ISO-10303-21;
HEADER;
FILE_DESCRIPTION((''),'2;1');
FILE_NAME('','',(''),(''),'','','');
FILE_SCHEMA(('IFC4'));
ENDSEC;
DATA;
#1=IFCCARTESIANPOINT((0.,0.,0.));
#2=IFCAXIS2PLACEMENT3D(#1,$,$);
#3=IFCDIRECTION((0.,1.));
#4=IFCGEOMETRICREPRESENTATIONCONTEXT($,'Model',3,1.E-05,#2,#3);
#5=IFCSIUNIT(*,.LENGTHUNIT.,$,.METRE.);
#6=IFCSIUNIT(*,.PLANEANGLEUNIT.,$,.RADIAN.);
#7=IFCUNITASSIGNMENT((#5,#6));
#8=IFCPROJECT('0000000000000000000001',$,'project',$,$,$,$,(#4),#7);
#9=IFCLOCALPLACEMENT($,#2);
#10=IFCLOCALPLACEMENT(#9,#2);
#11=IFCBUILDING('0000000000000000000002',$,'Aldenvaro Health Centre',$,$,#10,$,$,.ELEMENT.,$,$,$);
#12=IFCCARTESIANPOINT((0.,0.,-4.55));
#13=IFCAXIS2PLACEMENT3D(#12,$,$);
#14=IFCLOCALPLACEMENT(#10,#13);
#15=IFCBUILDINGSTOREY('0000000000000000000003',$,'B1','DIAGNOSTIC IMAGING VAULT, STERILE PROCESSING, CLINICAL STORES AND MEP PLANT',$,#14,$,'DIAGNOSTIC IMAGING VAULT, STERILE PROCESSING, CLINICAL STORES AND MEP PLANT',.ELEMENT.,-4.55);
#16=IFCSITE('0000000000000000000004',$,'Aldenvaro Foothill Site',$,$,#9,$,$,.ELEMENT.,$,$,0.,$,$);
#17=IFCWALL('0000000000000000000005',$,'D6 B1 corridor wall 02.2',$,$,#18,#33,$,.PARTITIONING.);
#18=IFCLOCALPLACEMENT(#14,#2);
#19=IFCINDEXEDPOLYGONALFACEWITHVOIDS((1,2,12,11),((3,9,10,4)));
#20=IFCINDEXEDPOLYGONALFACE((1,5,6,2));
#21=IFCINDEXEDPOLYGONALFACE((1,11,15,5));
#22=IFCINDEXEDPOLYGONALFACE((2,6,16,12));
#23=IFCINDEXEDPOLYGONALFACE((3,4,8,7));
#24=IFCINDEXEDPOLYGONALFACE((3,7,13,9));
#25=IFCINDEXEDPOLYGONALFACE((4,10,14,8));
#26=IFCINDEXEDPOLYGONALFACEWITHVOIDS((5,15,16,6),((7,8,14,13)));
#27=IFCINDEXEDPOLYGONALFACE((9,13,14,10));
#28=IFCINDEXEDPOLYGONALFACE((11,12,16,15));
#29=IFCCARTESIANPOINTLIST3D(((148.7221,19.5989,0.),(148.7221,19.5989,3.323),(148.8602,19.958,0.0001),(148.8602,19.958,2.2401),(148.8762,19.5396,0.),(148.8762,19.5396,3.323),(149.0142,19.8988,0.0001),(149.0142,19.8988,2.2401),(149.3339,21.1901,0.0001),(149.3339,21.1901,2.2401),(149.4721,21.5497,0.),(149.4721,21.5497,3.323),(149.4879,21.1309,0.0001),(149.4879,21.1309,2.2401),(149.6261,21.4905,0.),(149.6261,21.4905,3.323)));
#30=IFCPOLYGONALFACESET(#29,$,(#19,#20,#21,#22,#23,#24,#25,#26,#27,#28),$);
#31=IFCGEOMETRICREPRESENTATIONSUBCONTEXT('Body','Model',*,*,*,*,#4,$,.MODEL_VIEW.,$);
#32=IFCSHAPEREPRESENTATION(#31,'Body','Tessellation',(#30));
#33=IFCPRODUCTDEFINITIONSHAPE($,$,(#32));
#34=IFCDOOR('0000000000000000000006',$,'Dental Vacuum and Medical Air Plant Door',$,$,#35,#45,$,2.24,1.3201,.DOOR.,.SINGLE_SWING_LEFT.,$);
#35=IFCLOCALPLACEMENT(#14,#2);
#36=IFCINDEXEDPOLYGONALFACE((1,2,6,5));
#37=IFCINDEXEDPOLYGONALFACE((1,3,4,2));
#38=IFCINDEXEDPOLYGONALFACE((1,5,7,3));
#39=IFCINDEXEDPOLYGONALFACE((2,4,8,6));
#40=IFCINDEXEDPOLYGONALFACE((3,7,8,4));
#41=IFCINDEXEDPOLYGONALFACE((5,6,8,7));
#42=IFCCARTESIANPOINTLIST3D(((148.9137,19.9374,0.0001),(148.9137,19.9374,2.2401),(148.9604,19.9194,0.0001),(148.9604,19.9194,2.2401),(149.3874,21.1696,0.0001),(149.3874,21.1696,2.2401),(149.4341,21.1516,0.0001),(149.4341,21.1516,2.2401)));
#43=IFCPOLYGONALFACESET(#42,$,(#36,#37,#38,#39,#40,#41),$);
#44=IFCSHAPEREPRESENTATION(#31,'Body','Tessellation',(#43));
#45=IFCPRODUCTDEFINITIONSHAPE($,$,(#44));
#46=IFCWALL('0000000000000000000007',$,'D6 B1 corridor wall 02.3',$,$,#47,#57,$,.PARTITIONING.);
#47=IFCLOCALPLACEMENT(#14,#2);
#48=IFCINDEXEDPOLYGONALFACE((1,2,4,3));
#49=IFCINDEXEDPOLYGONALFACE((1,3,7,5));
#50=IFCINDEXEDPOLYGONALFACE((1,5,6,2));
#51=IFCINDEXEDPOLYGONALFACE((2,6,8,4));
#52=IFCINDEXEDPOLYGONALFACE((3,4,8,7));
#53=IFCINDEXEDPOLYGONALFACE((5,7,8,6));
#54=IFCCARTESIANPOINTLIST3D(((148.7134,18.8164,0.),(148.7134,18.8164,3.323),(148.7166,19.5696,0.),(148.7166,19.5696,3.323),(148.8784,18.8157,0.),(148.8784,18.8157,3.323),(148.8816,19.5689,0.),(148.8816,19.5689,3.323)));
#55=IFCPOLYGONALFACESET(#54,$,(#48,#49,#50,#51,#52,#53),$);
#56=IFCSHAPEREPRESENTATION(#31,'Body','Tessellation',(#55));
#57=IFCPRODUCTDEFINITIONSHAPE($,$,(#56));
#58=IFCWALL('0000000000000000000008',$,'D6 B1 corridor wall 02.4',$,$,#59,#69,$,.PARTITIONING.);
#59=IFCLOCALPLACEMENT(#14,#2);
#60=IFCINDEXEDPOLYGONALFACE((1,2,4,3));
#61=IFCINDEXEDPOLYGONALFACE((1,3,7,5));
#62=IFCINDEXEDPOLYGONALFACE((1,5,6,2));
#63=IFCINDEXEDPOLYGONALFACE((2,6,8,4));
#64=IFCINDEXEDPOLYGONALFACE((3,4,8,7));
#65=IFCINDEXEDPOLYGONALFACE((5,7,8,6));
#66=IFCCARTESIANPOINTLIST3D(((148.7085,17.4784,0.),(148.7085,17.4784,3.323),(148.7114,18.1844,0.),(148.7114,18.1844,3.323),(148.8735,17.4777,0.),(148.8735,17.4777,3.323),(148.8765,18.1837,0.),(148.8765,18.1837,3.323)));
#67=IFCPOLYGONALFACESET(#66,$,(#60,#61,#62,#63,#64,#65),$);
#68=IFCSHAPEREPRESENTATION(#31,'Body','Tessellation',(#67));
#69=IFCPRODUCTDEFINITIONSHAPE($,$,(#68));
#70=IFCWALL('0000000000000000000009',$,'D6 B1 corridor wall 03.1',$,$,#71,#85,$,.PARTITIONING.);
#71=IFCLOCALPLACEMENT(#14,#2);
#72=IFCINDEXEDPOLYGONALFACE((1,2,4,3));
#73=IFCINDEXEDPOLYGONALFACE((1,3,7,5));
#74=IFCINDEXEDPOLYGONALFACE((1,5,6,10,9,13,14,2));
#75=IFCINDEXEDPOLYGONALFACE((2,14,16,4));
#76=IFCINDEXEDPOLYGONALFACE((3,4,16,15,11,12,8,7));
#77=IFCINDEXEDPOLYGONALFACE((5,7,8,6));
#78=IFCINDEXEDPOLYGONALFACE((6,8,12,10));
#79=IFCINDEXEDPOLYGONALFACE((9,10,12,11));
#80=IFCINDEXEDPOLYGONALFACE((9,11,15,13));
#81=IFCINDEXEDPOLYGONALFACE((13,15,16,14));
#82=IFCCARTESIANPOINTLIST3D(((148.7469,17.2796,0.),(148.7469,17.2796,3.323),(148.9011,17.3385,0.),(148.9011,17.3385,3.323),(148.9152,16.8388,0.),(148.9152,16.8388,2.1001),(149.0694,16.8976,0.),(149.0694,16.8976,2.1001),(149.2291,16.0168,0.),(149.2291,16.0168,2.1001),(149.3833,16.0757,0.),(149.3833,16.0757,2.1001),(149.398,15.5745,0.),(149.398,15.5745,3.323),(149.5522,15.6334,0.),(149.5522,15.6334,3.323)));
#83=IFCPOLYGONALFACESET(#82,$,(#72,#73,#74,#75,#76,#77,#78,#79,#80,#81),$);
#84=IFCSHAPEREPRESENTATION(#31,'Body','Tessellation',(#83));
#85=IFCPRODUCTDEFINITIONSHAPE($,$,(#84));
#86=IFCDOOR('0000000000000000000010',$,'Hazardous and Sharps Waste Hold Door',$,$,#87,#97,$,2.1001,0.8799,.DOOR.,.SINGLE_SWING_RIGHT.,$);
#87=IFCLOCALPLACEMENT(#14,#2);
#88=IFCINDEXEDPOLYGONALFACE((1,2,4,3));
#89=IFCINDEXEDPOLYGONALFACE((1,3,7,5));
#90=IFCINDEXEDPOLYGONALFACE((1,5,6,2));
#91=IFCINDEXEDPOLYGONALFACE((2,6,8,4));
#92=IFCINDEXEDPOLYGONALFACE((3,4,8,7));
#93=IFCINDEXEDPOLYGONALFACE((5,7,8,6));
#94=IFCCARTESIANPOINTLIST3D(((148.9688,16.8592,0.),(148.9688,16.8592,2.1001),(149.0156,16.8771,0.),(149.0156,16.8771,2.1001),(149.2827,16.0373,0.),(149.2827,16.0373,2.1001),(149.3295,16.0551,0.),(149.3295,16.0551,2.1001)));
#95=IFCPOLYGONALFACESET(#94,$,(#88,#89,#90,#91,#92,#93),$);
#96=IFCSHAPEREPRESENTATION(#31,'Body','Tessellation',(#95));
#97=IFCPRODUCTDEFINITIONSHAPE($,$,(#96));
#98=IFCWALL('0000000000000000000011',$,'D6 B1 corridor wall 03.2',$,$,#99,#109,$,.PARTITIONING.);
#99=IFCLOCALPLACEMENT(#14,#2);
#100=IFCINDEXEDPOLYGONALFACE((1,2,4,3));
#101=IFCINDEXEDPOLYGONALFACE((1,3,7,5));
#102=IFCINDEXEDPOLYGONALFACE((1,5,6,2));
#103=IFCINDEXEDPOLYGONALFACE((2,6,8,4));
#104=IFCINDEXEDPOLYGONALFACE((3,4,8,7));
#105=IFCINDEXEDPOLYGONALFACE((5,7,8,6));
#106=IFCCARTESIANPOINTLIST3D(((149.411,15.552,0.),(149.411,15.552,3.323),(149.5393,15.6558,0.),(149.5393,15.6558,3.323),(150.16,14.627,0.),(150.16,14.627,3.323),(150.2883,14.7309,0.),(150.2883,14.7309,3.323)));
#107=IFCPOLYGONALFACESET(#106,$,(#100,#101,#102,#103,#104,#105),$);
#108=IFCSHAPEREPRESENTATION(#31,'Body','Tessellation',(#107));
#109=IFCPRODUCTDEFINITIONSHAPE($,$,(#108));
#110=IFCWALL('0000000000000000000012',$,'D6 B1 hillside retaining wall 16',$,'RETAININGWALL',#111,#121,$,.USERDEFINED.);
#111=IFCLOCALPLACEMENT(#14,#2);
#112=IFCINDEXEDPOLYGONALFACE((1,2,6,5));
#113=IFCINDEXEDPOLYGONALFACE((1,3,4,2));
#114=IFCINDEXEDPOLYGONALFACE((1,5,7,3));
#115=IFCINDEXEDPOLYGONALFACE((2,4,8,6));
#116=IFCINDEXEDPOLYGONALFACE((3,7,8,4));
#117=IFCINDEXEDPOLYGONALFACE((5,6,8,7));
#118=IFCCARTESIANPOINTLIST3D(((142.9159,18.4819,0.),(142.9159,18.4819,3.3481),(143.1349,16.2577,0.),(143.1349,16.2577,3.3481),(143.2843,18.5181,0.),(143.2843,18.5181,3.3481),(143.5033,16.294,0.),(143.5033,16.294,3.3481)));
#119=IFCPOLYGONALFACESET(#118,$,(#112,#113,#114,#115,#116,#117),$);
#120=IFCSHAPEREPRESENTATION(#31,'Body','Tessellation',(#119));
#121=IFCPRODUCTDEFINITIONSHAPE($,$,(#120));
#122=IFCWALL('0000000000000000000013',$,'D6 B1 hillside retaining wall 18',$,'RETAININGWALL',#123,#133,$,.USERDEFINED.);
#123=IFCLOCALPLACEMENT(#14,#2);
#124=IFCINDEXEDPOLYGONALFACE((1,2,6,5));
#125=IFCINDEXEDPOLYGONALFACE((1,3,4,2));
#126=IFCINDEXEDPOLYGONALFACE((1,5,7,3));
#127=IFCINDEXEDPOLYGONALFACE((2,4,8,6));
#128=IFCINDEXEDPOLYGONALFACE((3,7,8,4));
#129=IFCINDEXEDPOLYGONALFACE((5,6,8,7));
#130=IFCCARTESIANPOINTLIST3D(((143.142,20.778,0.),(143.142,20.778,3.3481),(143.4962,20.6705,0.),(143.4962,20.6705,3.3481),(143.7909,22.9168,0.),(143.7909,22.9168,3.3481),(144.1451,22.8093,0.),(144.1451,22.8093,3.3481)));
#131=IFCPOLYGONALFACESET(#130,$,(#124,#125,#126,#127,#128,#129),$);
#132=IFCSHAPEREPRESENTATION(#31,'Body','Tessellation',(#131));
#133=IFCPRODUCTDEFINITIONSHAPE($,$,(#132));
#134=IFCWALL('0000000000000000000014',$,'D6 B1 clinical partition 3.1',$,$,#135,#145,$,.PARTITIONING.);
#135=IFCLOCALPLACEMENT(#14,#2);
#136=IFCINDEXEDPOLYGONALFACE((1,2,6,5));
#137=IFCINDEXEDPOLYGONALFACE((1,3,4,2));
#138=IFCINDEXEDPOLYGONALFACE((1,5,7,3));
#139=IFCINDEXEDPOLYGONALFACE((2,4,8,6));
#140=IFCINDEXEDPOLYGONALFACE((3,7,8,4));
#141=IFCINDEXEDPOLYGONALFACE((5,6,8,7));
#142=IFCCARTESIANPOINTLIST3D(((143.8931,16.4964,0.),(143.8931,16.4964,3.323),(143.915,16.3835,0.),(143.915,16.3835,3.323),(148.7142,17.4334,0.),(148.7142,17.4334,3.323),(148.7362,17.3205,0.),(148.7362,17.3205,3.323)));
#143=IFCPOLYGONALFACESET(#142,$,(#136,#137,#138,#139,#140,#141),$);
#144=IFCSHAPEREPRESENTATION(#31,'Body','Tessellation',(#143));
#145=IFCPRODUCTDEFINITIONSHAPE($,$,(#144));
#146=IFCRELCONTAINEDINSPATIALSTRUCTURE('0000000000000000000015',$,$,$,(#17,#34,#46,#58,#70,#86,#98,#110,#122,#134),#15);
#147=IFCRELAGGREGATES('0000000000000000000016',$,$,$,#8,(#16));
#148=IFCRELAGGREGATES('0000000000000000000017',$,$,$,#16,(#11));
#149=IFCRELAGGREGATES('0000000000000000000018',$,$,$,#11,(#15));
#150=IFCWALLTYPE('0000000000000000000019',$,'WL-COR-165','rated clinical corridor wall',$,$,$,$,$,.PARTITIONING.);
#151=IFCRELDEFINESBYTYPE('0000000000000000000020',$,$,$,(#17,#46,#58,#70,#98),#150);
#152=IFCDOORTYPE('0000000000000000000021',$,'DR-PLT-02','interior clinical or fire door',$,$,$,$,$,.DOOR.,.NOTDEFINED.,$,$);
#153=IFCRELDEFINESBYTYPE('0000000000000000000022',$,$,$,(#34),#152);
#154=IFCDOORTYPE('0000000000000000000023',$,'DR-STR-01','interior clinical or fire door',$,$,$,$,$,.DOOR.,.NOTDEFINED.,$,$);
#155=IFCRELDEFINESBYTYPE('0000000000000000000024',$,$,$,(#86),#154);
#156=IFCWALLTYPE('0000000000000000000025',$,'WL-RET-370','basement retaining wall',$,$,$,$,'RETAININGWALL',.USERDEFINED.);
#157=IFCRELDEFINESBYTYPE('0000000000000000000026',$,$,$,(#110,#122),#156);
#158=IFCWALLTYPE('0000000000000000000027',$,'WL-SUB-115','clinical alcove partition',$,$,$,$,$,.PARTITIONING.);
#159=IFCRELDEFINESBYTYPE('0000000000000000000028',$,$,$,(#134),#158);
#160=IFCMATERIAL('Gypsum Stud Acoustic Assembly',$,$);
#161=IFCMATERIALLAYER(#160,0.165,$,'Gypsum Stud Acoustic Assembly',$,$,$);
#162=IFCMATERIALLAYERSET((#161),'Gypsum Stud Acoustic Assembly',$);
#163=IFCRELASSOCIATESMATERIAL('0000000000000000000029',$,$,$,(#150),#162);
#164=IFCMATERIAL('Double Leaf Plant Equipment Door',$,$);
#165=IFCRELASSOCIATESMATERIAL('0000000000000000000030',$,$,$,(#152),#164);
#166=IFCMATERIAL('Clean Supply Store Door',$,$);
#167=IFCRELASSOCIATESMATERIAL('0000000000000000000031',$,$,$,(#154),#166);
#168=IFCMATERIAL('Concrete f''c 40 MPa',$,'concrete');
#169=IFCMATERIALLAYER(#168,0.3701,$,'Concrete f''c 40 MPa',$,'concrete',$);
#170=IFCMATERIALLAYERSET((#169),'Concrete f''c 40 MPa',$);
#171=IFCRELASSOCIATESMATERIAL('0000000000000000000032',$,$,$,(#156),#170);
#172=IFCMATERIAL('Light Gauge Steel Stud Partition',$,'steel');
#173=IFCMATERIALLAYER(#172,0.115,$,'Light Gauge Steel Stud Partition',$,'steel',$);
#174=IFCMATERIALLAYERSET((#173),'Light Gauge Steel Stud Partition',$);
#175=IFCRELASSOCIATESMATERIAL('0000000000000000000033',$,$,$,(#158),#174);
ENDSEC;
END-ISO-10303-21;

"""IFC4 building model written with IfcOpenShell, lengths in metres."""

from ifc_helpers import new_model, si_unit, direction, frame, frame_2d, origin, place, context, subcontext, project, spatial, rectangle, extrude, material, layer, layer_set, type_object, element, fill, save


model = new_model("IFC4")

# Units and contexts
model_context = context("Model", 3, precision=1e-05, world=origin(), true_north=direction((0.0, 1.0)))
body_context = subcontext(model_context, "Body", "Model", "MODEL_VIEW")
ifc_project = project(units=[si_unit("LENGTHUNIT", "METRE"), si_unit("PLANEANGLEUNIT", "RADIAN")], contexts=[model_context])

# Site, building, storey
site_placement = place(None, origin())
site = spatial("IfcSite", under=ifc_project, at=site_placement, Name="Aldenvaro Foothill Site", CompositionType="ELEMENT", RefElevation=0.0)
building_placement = place(site_placement, origin())
building = spatial("IfcBuilding", under=site, at=building_placement, Name="Aldenvaro Health Centre", CompositionType="ELEMENT")
storey_placement = place(building_placement, frame((0.0, 0.0, -4.55)))
storey = spatial("IfcBuildingStorey", under=building, at=storey_placement, Name="B1", Description="DIAGNOSTIC IMAGING VAULT, STERILE PROCESSING, CLINICAL STORES AND MEP PLANT", LongName="DIAGNOSTIC IMAGING VAULT, STERILE PROCESSING, CLINICAL STORES AND MEP PLANT", CompositionType="ELEMENT", Elevation=-4.55)

# Shared definitions
ifc_material_1 = material(Name="Concrete f'c 40 MPa", Category="concrete")

# Wall, opening, door
ifc_material_2 = material(Name="Gypsum Stud Acoustic Assembly")
ifc_layer_1 = layer(ifc_material_2, 0.165, Name="Gypsum Stud Acoustic Assembly")
ifc_layer_set_1 = layer_set([ifc_layer_1], Name="Gypsum Stud Acoustic Assembly")
wall_type_1 = type_object("IfcWallType", Name="WL-COR-165", Description="rated clinical corridor wall", PredefinedType="PARTITIONING", material=ifc_layer_set_1)
wall_1_placement = place(storey_placement, frame((149.5491, 21.52, 0.0), z_axis=(0.0, 0.0, 1.0), x_axis=(-0.35883, -0.933403, 0.0)))
wall_1 = element("IfcWall", 1, at=wall_1_placement, inside=storey, type_object=wall_type_1, Name="D6 B1 corridor wall 02.2", PredefinedType="PARTITIONING", context=body_context, shape_type="SweptSolid", body=[
    extrude(rectangle(XDim=2.0901, YDim=0.165, at=frame_2d((1.0449, 0.0))), origin(), (0.0, 0.0, 1.0), 3.323),
])
opening_1_placement = place(wall_1_placement, frame((0.385, 0.0, 0.0)))
opening_1 = element("IfcOpeningElement", 2, at=opening_1_placement, cuts=wall_1, PredefinedType="OPENING", context=body_context, shape_type="SweptSolid", body=[
    extrude(rectangle(XDim=1.3201, YDim=2.24, at=frame_2d((0.6602, 1.1201))), frame((0.0, 0.0925, 0.0), z_axis=(0.0, -1.0, 0.0), x_axis=(1.0, 0.0, 0.0)), (0.0, 0.0, 1.0), 0.1851),
])
ifc_material_3 = material(Name="Double Leaf Plant Equipment Door")
door_type_1 = type_object("IfcDoorType", Name="DR-PLT-02", Description="interior clinical or fire door", OperationType="NOTDEFINED", PredefinedType="DOOR", material=ifc_material_3)
door_1_placement = place(opening_1_placement, origin())
door_1 = element("IfcDoor", 3, at=door_1_placement, inside=storey, type_object=door_type_1, Name="Dental Vacuum and Medical Air Plant Door", OperationType="SINGLE_SWING_LEFT", OverallHeight=2.24, OverallWidth=1.3201, PredefinedType="DOOR", context=body_context, shape_type="SweptSolid", body=[
    extrude(rectangle(XDim=1.3201, YDim=2.24, at=frame_2d((0.6602, 1.1201))), frame((0.0, 0.0249, 0.0), z_axis=(0.0, -1.0, 0.0), x_axis=(1.0, 0.0, 0.0)), (0.0, 0.0, 1.0), 0.05),
])
fill(opening_1, door_1)

# Walls
wall_2_placement = place(storey_placement, frame((148.7991, 19.5691, 0.0), z_axis=(0.0, 0.0, 1.0), x_axis=(-0.004214, -0.999991, 0.0)))
element("IfcWall", 4, at=wall_2_placement, inside=storey, type_object=wall_type_1, Name="D6 B1 corridor wall 02.3", PredefinedType="PARTITIONING", context=body_context, shape_type="SweptSolid", body=[
    extrude(rectangle(XDim=0.7532, YDim=0.165, at=frame_2d((0.3765, 0.0))), origin(), (0.0, 0.0, 1.0), 3.323),
])
wall_3_placement = place(storey_placement, frame((148.7939, 18.1841, 0.0), z_axis=(0.0, 0.0, 1.0), x_axis=(-0.004149, -0.999991, 0.0)))
element("IfcWall", 5, at=wall_3_placement, inside=storey, type_object=wall_type_1, Name="D6 B1 corridor wall 02.4", PredefinedType="PARTITIONING", context=body_context, shape_type="SweptSolid", body=[
    extrude(rectangle(XDim=0.7061, YDim=0.165, at=frame_2d((0.353, 0.0))), origin(), (0.0, 0.0, 1.0), 3.323),
])

# Wall, opening, door
wall_4_placement = place(storey_placement, frame((148.824, 17.3091, 0.0), z_axis=(0.0, 0.0, 1.0), x_axis=(0.356746, -0.934201, 0.0)))
wall_4 = element("IfcWall", 6, at=wall_4_placement, inside=storey, type_object=wall_type_1, Name="D6 B1 corridor wall 03.1", PredefinedType="PARTITIONING", context=body_context, shape_type="SweptSolid", body=[
    extrude(rectangle(XDim=1.8252, YDim=0.165, at=frame_2d((0.9126, 0.0))), origin(), (0.0, 0.0, 1.0), 3.323),
])
opening_2_placement = place(wall_4_placement, frame((0.4719, 0.0, 0.0)))
opening_2 = element("IfcOpeningElement", 7, at=opening_2_placement, cuts=wall_4, PredefinedType="OPENING", context=body_context, shape_type="SweptSolid", body=[
    extrude(rectangle(XDim=0.8799, YDim=2.1001, at=frame_2d((0.4399, 1.05))), frame((0.0, 0.0925, 0.0), z_axis=(0.0, -1.0, 0.0), x_axis=(1.0, 0.0, 0.0)), (0.0, 0.0, 1.0), 0.1851),
])
ifc_material_4 = material(Name="Clean Supply Store Door")
door_type_2 = type_object("IfcDoorType", Name="DR-STR-01", Description="interior clinical or fire door", OperationType="NOTDEFINED", PredefinedType="DOOR", material=ifc_material_4)
door_2_placement = place(opening_2_placement, origin())
door_2 = element("IfcDoor", 8, at=door_2_placement, inside=storey, type_object=door_type_2, Name="Hazardous and Sharps Waste Hold Door", OperationType="SINGLE_SWING_RIGHT", OverallHeight=2.1001, OverallWidth=0.8799, PredefinedType="DOOR", context=body_context, shape_type="SweptSolid", body=[
    extrude(rectangle(XDim=0.8799, YDim=2.1001, at=frame_2d((0.4399, 1.05))), frame((0.0, 0.0249, 0.0), z_axis=(0.0, -1.0, 0.0), x_axis=(1.0, 0.0, 0.0)), (0.0, 0.0, 1.0), 0.05),
])
fill(opening_2, door_2)

# Walls
wall_5_placement = place(storey_placement, frame((149.4751, 15.604, 0.0), z_axis=(0.0, 0.0, 1.0), x_axis=(0.629287, -0.777173, 0.0)))
element("IfcWall", 9, at=wall_5_placement, inside=storey, type_object=wall_type_1, Name="D6 B1 corridor wall 03.2", PredefinedType="PARTITIONING", context=body_context, shape_type="SweptSolid", body=[
    extrude(rectangle(XDim=1.1902, YDim=0.165, at=frame_2d((0.5952, 0.0))), origin(), (0.0, 0.0, 1.0), 3.323),
])
ifc_layer_2 = layer(ifc_material_1, 0.3701, Name="Concrete f'c 40 MPa", Category="concrete")
ifc_layer_set_2 = layer_set([ifc_layer_2], Name="Concrete f'c 40 MPa")
wall_type_2 = type_object("IfcWallType", Name="WL-RET-370", Description="basement retaining wall", ElementType="RETAININGWALL", PredefinedType="USERDEFINED", material=ifc_layer_set_2)
wall_6_placement = place(storey_placement, frame((143.3191, 16.2759, 0.0), z_axis=(0.0, 0.0, 1.0), x_axis=(-0.097989, 0.995187, 0.0)))
element("IfcWall", 10, at=wall_6_placement, inside=storey, type_object=wall_type_2, Name="D6 B1 hillside retaining wall 16", ObjectType="RETAININGWALL", PredefinedType="USERDEFINED", context=body_context, shape_type="SweptSolid", body=[
    extrude(rectangle(XDim=2.2349, YDim=0.3701, at=frame_2d((1.1174, 0.0))), origin(), (0.0, 0.0, 1.0), 3.3481),
])
wall_7_placement = place(storey_placement, frame((143.3191, 20.7241, 0.0), z_axis=(0.0, 0.0, 1.0), x_axis=(0.290323, 0.956929, 0.0)))
element("IfcWall", 11, at=wall_7_placement, inside=storey, type_object=wall_type_2, Name="D6 B1 hillside retaining wall 18", ObjectType="RETAININGWALL", PredefinedType="USERDEFINED", context=body_context, shape_type="SweptSolid", body=[
    extrude(rectangle(XDim=2.2351, YDim=0.3701, at=frame_2d((1.1177, 0.0))), origin(), (0.0, 0.0, 1.0), 3.3481),
])
ifc_material_5 = material(Name="Light Gauge Steel Stud Partition", Category="steel")
ifc_layer_3 = layer(ifc_material_5, 0.115, Name="Light Gauge Steel Stud Partition", Category="steel")
ifc_layer_set_3 = layer_set([ifc_layer_3], Name="Light Gauge Steel Stud Partition")
wall_type_3 = type_object("IfcWallType", Name="WL-SUB-115", Description="clinical alcove partition", PredefinedType="PARTITIONING", material=ifc_layer_set_3)
wall_8_placement = place(storey_placement, frame((148.7251, 17.377, 0.0), z_axis=(0.0, 0.0, 1.0), x_axis=(-0.981631, -0.190788, 0.0)))
element("IfcWall", 12, at=wall_8_placement, inside=storey, type_object=wall_type_3, Name="D6 B1 clinical partition 3.1", PredefinedType="PARTITIONING", context=body_context, shape_type="SweptSolid", body=[
    extrude(rectangle(XDim=4.9114, YDim=0.115, at=frame_2d((2.4556, 0.0))), origin(), (0.0, 0.0, 1.0), 3.323),
])

save(model, "model.ifc")
